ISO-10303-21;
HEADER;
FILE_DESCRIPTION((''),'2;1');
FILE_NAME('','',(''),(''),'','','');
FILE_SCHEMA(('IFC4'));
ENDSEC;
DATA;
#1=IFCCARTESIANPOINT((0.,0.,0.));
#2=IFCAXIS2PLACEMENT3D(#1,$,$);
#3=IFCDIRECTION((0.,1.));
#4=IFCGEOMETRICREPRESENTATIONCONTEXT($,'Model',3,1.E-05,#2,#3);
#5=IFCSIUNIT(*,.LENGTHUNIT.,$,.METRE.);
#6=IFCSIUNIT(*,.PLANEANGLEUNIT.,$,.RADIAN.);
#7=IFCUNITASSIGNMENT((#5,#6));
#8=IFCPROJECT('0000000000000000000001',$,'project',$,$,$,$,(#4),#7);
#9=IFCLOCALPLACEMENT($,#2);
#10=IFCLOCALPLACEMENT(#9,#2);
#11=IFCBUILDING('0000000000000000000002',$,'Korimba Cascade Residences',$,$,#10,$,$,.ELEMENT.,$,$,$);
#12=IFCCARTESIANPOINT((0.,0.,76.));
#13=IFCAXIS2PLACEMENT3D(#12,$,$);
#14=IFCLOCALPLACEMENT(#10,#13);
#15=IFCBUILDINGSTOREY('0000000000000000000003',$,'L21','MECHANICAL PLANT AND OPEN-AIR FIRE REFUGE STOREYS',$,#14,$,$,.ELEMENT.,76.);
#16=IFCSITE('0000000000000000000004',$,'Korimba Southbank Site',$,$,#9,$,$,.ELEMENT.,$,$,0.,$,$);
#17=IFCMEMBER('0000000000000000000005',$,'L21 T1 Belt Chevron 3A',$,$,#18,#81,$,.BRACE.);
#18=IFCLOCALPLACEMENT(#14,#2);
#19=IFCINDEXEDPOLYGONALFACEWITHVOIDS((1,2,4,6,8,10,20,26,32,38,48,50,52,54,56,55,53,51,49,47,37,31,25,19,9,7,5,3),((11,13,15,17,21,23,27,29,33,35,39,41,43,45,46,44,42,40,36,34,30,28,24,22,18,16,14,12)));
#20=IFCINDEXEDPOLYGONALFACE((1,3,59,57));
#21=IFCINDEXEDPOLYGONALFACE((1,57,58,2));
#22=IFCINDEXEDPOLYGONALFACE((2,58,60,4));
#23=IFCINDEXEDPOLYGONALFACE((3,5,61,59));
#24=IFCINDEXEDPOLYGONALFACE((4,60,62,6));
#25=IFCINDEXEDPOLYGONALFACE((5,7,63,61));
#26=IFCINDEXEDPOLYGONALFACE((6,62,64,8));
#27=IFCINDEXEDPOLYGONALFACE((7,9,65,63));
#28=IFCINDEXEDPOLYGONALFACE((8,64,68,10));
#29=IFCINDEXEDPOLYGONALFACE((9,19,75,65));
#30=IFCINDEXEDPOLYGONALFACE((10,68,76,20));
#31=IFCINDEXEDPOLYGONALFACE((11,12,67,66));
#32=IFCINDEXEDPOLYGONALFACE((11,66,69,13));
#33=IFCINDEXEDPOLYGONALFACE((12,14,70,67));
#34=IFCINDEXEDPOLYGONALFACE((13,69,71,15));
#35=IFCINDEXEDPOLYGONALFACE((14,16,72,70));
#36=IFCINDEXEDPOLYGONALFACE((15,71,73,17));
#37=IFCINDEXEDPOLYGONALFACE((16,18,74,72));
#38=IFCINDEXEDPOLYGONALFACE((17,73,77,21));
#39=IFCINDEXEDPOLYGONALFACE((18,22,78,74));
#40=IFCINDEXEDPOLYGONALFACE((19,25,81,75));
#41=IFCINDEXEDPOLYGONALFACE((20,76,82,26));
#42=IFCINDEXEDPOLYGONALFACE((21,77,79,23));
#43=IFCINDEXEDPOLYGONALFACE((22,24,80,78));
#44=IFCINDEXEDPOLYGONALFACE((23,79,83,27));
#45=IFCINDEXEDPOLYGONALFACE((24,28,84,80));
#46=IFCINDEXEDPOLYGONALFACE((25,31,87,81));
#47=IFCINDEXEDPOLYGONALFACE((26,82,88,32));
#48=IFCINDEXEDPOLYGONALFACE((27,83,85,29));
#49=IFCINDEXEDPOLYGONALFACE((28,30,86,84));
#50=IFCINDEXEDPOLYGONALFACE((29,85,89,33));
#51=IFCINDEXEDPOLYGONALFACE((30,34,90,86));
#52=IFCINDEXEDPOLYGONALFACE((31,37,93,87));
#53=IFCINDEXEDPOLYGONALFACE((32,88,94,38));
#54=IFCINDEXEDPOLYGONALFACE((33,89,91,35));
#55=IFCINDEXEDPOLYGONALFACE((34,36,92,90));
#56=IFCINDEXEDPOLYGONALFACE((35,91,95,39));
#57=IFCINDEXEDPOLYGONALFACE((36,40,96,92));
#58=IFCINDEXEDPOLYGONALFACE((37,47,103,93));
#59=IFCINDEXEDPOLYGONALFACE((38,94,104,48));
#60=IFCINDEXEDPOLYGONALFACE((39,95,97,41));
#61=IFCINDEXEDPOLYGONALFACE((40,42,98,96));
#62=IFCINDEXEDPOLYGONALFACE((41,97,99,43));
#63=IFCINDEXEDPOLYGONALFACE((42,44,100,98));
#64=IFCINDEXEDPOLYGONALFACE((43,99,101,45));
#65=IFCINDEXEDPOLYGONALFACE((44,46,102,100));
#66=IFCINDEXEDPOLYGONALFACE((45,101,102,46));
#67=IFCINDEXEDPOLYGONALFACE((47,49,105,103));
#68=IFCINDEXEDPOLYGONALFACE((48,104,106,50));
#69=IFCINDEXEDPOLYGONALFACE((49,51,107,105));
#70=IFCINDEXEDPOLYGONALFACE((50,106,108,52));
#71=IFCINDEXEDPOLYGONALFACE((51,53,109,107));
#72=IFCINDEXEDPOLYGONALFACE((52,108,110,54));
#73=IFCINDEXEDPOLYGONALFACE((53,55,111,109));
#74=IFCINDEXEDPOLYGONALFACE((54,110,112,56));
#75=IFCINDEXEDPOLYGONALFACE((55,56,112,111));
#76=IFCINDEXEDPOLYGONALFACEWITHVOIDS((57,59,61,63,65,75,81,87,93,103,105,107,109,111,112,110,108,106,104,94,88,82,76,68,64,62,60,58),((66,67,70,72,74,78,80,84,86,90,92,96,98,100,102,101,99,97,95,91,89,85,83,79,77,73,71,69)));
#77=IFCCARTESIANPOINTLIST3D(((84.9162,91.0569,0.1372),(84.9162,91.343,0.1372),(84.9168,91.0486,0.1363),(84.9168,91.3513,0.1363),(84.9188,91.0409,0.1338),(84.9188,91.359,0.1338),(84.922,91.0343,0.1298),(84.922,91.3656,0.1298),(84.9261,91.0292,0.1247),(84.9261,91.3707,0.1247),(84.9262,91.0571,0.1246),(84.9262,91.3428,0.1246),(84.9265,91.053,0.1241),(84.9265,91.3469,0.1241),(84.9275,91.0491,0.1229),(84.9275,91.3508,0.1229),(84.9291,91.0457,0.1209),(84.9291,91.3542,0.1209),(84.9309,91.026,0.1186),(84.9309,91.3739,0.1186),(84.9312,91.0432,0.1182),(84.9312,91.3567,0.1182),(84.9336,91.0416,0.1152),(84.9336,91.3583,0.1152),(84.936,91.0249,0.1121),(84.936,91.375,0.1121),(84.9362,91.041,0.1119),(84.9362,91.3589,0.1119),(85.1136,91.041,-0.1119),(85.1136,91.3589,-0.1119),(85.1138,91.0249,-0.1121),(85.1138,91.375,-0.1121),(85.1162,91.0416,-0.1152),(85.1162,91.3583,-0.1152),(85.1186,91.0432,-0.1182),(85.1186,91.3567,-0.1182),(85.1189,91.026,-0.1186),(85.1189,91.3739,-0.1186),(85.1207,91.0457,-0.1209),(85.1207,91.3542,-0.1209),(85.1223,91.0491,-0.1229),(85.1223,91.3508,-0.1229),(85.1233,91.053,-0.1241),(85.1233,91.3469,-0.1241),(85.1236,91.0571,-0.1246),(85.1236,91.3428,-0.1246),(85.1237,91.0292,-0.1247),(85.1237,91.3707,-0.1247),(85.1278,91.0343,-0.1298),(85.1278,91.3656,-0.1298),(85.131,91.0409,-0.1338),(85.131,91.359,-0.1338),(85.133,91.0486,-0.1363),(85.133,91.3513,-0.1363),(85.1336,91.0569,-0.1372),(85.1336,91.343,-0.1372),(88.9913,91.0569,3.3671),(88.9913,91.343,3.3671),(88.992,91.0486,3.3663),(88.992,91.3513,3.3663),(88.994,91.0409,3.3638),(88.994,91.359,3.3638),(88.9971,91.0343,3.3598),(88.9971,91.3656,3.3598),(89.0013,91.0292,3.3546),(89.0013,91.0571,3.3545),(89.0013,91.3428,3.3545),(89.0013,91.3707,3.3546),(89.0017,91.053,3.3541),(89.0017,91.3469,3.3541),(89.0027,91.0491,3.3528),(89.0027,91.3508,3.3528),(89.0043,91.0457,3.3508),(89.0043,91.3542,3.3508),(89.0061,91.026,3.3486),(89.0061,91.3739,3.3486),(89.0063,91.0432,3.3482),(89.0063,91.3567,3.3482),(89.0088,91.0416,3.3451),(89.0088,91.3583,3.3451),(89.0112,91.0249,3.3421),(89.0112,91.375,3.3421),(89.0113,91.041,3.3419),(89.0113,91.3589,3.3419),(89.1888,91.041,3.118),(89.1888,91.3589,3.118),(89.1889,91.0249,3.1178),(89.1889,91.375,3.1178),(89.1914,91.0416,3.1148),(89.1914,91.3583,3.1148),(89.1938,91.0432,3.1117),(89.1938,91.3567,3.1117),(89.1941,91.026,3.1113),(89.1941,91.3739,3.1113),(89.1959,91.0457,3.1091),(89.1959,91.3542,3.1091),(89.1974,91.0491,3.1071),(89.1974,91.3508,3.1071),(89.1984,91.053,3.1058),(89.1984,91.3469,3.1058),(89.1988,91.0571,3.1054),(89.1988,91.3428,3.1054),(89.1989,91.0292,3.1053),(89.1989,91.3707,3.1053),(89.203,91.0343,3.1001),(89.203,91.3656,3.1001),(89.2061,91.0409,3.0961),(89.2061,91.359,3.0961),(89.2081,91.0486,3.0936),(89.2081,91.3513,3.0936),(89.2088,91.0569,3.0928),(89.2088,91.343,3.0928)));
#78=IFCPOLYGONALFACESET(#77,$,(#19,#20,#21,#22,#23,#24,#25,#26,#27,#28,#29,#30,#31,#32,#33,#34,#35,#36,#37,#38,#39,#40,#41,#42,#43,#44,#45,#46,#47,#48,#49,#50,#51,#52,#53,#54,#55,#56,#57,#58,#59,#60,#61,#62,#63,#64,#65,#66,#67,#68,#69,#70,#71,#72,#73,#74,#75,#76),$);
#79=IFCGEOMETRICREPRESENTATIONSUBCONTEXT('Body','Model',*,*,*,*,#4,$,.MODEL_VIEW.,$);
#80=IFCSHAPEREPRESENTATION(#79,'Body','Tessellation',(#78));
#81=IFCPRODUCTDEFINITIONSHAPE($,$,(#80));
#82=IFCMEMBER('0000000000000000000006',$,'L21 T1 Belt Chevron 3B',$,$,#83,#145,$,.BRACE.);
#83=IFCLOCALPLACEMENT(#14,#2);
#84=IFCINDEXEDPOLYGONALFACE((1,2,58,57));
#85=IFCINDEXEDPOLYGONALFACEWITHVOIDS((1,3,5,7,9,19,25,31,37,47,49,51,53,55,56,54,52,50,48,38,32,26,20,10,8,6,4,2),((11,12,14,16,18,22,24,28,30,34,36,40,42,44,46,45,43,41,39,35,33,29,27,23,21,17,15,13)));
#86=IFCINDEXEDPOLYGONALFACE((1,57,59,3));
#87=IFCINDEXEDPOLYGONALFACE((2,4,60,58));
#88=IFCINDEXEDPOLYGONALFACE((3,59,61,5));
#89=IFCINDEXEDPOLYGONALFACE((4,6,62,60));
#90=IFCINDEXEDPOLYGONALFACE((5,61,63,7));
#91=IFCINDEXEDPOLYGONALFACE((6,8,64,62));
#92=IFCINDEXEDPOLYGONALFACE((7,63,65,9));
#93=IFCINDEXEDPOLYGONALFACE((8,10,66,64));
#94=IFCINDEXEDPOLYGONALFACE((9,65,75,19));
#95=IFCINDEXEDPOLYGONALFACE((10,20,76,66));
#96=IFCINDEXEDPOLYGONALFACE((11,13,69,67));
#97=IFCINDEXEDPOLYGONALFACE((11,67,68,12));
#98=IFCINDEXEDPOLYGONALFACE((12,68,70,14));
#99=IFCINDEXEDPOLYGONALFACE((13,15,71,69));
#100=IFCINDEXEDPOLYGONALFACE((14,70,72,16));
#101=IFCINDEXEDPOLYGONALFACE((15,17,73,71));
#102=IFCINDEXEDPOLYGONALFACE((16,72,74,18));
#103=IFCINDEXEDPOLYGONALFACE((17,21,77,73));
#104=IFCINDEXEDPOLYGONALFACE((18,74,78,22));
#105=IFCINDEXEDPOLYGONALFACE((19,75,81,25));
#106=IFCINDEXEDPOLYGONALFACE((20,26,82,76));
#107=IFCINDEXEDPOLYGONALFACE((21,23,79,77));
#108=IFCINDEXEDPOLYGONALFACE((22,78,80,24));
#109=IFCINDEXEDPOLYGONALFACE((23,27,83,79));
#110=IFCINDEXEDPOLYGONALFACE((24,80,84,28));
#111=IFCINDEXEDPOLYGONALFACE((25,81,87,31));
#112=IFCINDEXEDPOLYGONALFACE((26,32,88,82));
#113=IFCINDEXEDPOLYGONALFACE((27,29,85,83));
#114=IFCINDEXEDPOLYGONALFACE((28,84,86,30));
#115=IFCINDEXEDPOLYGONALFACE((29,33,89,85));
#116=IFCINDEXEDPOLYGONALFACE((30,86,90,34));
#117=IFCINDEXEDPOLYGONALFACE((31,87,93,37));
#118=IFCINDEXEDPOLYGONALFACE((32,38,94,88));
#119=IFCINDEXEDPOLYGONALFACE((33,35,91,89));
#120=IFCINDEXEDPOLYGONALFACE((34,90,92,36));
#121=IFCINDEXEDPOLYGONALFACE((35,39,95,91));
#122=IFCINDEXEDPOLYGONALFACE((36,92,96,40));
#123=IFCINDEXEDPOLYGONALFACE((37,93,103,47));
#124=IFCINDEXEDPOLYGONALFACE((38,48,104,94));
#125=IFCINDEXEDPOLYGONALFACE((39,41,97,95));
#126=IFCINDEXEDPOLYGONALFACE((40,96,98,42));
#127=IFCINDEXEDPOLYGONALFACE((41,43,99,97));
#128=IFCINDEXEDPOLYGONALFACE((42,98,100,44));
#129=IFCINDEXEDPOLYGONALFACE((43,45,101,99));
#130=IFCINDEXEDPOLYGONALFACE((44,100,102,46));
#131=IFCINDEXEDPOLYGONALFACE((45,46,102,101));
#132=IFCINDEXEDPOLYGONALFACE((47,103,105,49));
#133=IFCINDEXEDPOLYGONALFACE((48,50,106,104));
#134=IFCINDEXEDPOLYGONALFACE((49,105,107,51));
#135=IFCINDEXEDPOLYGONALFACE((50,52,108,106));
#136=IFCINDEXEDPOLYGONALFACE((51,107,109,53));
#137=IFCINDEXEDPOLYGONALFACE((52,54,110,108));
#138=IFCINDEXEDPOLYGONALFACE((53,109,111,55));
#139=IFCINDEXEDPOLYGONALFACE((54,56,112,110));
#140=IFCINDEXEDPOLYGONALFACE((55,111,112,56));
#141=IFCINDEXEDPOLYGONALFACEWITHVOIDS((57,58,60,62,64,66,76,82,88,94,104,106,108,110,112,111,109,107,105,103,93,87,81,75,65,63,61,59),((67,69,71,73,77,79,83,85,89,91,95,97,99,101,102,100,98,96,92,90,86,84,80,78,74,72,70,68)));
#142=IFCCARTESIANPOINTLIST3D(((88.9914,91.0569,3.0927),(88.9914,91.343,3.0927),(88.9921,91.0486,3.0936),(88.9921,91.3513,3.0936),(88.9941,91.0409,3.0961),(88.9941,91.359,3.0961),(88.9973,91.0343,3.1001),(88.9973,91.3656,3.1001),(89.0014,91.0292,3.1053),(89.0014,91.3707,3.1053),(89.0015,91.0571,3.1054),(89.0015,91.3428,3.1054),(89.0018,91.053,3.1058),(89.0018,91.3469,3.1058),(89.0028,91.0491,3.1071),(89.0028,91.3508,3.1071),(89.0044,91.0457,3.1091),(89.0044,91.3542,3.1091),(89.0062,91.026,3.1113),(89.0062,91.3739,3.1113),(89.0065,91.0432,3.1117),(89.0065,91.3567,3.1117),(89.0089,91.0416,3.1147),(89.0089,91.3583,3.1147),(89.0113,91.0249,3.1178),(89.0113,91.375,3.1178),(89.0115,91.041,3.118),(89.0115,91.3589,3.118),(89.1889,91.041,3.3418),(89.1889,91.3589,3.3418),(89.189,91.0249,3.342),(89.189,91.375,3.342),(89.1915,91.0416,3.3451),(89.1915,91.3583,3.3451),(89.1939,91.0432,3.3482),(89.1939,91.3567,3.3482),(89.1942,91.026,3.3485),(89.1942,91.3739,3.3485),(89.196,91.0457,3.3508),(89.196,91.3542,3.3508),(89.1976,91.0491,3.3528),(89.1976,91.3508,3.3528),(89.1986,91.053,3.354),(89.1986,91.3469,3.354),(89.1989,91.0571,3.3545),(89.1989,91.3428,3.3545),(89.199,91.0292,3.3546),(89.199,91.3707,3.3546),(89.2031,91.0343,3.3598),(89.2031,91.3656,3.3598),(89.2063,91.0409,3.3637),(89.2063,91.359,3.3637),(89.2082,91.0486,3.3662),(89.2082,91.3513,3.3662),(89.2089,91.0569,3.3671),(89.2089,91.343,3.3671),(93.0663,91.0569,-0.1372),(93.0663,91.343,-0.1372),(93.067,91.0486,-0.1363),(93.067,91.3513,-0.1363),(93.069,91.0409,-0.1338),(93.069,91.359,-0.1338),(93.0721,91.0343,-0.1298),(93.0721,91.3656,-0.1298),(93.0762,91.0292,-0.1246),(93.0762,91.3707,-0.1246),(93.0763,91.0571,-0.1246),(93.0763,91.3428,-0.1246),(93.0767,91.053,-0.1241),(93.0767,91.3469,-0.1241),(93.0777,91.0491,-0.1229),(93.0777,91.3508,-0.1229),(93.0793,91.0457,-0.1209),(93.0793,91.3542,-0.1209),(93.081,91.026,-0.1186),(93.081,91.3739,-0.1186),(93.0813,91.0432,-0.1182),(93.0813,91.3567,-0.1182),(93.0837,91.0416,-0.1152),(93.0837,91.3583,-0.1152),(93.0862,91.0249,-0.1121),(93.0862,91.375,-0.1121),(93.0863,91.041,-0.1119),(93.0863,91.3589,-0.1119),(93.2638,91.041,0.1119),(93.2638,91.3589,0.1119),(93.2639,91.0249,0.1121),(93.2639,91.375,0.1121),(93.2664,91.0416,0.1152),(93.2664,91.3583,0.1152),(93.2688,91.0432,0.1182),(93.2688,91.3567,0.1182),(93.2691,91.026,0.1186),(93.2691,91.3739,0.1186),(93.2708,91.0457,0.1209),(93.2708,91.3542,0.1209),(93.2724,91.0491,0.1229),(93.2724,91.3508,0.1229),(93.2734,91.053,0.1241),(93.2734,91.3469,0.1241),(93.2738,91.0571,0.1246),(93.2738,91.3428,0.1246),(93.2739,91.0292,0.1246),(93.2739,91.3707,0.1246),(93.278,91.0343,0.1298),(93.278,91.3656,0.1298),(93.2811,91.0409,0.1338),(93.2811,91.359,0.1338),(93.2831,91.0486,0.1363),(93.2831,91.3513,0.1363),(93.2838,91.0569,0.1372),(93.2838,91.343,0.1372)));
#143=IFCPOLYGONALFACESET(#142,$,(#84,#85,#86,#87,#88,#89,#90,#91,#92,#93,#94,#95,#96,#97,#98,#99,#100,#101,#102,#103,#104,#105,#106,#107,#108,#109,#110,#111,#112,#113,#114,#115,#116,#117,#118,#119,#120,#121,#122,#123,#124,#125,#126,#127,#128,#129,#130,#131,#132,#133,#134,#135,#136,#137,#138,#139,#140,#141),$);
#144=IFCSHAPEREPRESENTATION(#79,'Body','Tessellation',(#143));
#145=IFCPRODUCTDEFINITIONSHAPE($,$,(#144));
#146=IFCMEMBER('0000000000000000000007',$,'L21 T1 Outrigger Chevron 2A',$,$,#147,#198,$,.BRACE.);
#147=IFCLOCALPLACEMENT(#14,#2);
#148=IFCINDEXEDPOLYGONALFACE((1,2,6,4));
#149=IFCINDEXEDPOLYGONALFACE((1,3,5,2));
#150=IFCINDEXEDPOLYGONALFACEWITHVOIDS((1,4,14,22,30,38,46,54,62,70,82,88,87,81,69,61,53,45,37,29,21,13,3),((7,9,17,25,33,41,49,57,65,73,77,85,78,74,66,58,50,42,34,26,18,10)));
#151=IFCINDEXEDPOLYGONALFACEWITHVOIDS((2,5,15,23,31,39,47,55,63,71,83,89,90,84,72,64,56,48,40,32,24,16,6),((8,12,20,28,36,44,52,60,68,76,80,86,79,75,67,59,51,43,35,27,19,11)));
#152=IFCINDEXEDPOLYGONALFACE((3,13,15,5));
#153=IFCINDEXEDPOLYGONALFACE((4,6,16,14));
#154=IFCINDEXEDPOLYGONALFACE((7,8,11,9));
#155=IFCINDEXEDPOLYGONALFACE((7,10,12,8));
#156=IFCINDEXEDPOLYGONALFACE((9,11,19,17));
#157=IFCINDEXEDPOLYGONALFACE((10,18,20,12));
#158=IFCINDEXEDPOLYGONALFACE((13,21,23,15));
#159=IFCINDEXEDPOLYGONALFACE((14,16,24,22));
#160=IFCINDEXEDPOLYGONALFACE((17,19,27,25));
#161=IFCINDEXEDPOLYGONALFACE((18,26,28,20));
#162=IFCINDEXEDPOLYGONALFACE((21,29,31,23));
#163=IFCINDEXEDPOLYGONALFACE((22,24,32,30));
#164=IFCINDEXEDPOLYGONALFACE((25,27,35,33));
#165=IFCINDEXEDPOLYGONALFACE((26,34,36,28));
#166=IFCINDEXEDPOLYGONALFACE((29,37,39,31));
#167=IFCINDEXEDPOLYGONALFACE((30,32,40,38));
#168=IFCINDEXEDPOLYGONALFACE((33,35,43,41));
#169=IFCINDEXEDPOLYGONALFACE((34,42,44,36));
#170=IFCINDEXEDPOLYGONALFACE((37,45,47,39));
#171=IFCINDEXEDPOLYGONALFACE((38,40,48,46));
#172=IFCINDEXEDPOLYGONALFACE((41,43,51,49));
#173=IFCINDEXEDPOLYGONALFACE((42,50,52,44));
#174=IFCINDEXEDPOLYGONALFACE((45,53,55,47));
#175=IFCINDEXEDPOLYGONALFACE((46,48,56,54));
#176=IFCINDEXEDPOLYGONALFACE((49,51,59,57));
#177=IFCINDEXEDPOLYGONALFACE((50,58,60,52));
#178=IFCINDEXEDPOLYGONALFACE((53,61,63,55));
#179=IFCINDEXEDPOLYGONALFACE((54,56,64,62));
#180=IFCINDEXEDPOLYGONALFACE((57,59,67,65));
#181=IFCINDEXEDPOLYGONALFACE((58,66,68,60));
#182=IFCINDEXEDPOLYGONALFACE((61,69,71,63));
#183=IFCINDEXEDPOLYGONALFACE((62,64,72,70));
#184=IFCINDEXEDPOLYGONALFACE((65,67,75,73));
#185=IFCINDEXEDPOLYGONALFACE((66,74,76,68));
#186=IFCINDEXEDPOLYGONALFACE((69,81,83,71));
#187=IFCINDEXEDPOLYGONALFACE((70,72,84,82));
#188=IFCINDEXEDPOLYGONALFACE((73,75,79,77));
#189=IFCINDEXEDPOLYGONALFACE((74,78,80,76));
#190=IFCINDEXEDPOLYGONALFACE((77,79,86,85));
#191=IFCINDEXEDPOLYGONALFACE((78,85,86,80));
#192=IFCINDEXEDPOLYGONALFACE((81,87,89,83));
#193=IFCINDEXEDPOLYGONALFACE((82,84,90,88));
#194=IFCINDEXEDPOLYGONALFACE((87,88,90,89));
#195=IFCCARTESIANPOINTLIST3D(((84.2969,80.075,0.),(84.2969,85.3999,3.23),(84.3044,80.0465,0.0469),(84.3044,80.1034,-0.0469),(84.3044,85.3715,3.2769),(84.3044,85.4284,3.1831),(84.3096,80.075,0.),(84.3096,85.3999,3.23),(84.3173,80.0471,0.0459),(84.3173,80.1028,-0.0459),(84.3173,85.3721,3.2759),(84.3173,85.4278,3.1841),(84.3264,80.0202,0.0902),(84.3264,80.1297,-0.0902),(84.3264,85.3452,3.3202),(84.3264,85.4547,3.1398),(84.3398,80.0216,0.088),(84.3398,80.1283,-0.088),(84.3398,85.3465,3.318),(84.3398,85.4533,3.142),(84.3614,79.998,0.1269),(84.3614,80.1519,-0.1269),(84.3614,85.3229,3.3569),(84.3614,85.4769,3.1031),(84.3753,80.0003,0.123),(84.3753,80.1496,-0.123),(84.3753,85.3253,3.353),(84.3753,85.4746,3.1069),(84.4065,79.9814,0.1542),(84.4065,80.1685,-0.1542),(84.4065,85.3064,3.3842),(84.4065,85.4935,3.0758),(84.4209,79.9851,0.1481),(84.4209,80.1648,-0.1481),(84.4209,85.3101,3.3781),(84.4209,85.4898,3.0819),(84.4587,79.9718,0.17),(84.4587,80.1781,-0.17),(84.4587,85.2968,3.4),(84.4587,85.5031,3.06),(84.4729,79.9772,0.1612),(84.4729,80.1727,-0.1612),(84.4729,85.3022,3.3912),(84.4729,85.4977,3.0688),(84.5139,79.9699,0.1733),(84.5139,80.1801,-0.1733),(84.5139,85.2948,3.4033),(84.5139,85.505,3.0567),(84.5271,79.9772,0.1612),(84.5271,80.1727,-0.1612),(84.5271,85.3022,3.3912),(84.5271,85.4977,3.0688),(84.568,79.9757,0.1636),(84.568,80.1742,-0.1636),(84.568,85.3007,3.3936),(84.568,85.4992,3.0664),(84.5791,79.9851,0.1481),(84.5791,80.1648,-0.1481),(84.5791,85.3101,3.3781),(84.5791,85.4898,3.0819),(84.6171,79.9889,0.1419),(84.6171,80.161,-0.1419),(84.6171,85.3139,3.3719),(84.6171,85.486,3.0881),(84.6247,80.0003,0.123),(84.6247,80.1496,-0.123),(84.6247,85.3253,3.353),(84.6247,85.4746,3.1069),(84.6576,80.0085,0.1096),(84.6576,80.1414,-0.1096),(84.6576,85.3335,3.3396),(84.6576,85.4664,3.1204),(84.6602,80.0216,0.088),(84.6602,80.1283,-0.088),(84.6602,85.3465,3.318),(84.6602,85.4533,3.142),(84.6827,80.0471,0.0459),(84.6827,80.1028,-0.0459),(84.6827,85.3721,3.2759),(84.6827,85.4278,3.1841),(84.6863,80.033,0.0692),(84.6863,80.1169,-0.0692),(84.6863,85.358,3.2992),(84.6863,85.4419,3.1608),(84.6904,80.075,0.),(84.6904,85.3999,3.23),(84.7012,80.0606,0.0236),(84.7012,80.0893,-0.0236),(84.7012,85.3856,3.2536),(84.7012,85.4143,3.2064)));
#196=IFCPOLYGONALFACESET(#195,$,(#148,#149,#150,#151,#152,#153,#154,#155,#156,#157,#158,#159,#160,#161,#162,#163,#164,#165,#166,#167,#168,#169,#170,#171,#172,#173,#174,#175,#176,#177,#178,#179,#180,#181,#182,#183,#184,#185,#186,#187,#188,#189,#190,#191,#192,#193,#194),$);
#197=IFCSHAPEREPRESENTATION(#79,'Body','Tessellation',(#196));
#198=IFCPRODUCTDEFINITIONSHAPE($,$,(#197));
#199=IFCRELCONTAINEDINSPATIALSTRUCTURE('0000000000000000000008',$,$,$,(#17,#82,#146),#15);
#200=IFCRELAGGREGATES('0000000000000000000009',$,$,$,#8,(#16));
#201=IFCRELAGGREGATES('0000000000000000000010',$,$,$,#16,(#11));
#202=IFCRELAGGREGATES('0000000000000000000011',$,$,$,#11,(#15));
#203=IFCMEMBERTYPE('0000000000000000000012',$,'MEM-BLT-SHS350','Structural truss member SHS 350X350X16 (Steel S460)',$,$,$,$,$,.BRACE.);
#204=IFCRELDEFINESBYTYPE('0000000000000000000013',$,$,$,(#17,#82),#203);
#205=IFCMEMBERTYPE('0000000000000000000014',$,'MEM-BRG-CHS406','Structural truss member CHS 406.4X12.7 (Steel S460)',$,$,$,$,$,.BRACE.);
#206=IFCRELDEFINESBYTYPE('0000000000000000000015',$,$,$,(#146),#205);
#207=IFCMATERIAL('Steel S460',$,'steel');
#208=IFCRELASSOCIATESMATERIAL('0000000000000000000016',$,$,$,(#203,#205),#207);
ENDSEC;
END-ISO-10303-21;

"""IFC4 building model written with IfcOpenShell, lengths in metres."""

from ifc_helpers import new_model, si_unit, direction, frame, origin, origin_2d, place, context, subcontext, project, spatial, hollow_rectangle, hollow_circle, extrude, material, material_profile, profile_set, type_object, element, save


model = new_model("IFC4")

# Units and contexts
model_context = context("Model", 3, precision=1e-05, world=origin(), true_north=direction((0.0, 1.0)))
body_context = subcontext(model_context, "Body", "Model", "MODEL_VIEW")
ifc_project = project(units=[si_unit("LENGTHUNIT", "METRE"), si_unit("PLANEANGLEUNIT", "RADIAN")], contexts=[model_context])

# Site, building, storey
site_placement = place(None, origin())
site = spatial("IfcSite", under=ifc_project, at=site_placement, Name="Korimba Southbank Site", CompositionType="ELEMENT", RefElevation=0.0)
building_placement = place(site_placement, origin())
building = spatial("IfcBuilding", under=site, at=building_placement, Name="Korimba Cascade Residences", CompositionType="ELEMENT")
storey_placement = place(building_placement, frame((0.0, 0.0, 76.0)))
storey = spatial("IfcBuildingStorey", under=building, at=storey_placement, Name="L21", Description="MECHANICAL PLANT AND OPEN-AIR FIRE REFUGE STOREYS", CompositionType="ELEMENT", Elevation=76.0)

# Members
ifc_material_1 = material(Name="Steel S460", Category="steel")
ifc_material_profile_1 = material_profile(ifc_material_1, hollow_rectangle(XDim=0.3501, YDim=0.3501, WallThickness=0.0161, InnerFilletRadius=0.0161, OuterFilletRadius=0.032, at=origin_2d()), Name="Steel S460")
ifc_profile_set_1 = profile_set([ifc_material_profile_1], Name="Steel S460")
member_type_1 = type_object("IfcMemberType", Name="MEM-BLT-SHS350", Description="Structural truss member SHS 350X350X16 (Steel S460)", PredefinedType="BRACE", material=ifc_profile_set_1)
member_1_placement = place(storey_placement, frame((85.0249, 91.2, 0.0), z_axis=(0.783692, 0.0, 0.62115), x_axis=(0.0, 1.0, 0.0)))
element("IfcMember", 1, at=member_1_placement, inside=storey, type_object=member_type_1, Name="L21 T1 Belt Chevron 3A", PredefinedType="BRACE", context=body_context, shape_type="SweptSolid", body=[
    extrude(hollow_rectangle(XDim=0.3501, YDim=0.3501, WallThickness=0.0161, InnerFilletRadius=0.0161, OuterFilletRadius=0.032, at=origin_2d()), origin(), (0.0, 0.0, 1.0), 5.2),
])
member_2_placement = place(storey_placement, frame((93.175, 91.2, 0.0), z_axis=(-0.783673, 0.0, 0.621173), x_axis=(0.0, -1.0, 0.0)))
element("IfcMember", 2, at=member_2_placement, inside=storey, type_object=member_type_1, Name="L21 T1 Belt Chevron 3B", PredefinedType="BRACE", context=body_context, shape_type="SweptSolid", body=[
    extrude(hollow_rectangle(XDim=0.3501, YDim=0.3501, WallThickness=0.0161, InnerFilletRadius=0.0161, OuterFilletRadius=0.032, at=origin_2d()), origin(), (0.0, 0.0, 1.0), 5.1997),
])
ifc_material_profile_2 = material_profile(ifc_material_1, hollow_circle(Radius=0.2031, WallThickness=0.0127, at=origin_2d()), Name="Steel S460")
ifc_profile_set_2 = profile_set([ifc_material_profile_2], Name="Steel S460")
member_type_2 = type_object("IfcMemberType", Name="MEM-BRG-CHS406", Description="Structural truss member CHS 406.4X12.7 (Steel S460)", PredefinedType="BRACE", material=ifc_profile_set_2)
member_3_placement = place(storey_placement, frame((84.5, 80.075, 0.0), z_axis=(0.0, 0.855003, 0.518623), x_axis=(-1.0, 0.0, 0.0)))
element("IfcMember", 3, at=member_3_placement, inside=storey, type_object=member_type_2, Name="L21 T1 Outrigger Chevron 2A", PredefinedType="BRACE", context=body_context, shape_type="SweptSolid", body=[
    extrude(hollow_circle(Radius=0.2031, WallThickness=0.0127, at=origin_2d()), origin(), (0.0, 0.0, 1.0), 6.228),
])

save(model, "model.ifc")
